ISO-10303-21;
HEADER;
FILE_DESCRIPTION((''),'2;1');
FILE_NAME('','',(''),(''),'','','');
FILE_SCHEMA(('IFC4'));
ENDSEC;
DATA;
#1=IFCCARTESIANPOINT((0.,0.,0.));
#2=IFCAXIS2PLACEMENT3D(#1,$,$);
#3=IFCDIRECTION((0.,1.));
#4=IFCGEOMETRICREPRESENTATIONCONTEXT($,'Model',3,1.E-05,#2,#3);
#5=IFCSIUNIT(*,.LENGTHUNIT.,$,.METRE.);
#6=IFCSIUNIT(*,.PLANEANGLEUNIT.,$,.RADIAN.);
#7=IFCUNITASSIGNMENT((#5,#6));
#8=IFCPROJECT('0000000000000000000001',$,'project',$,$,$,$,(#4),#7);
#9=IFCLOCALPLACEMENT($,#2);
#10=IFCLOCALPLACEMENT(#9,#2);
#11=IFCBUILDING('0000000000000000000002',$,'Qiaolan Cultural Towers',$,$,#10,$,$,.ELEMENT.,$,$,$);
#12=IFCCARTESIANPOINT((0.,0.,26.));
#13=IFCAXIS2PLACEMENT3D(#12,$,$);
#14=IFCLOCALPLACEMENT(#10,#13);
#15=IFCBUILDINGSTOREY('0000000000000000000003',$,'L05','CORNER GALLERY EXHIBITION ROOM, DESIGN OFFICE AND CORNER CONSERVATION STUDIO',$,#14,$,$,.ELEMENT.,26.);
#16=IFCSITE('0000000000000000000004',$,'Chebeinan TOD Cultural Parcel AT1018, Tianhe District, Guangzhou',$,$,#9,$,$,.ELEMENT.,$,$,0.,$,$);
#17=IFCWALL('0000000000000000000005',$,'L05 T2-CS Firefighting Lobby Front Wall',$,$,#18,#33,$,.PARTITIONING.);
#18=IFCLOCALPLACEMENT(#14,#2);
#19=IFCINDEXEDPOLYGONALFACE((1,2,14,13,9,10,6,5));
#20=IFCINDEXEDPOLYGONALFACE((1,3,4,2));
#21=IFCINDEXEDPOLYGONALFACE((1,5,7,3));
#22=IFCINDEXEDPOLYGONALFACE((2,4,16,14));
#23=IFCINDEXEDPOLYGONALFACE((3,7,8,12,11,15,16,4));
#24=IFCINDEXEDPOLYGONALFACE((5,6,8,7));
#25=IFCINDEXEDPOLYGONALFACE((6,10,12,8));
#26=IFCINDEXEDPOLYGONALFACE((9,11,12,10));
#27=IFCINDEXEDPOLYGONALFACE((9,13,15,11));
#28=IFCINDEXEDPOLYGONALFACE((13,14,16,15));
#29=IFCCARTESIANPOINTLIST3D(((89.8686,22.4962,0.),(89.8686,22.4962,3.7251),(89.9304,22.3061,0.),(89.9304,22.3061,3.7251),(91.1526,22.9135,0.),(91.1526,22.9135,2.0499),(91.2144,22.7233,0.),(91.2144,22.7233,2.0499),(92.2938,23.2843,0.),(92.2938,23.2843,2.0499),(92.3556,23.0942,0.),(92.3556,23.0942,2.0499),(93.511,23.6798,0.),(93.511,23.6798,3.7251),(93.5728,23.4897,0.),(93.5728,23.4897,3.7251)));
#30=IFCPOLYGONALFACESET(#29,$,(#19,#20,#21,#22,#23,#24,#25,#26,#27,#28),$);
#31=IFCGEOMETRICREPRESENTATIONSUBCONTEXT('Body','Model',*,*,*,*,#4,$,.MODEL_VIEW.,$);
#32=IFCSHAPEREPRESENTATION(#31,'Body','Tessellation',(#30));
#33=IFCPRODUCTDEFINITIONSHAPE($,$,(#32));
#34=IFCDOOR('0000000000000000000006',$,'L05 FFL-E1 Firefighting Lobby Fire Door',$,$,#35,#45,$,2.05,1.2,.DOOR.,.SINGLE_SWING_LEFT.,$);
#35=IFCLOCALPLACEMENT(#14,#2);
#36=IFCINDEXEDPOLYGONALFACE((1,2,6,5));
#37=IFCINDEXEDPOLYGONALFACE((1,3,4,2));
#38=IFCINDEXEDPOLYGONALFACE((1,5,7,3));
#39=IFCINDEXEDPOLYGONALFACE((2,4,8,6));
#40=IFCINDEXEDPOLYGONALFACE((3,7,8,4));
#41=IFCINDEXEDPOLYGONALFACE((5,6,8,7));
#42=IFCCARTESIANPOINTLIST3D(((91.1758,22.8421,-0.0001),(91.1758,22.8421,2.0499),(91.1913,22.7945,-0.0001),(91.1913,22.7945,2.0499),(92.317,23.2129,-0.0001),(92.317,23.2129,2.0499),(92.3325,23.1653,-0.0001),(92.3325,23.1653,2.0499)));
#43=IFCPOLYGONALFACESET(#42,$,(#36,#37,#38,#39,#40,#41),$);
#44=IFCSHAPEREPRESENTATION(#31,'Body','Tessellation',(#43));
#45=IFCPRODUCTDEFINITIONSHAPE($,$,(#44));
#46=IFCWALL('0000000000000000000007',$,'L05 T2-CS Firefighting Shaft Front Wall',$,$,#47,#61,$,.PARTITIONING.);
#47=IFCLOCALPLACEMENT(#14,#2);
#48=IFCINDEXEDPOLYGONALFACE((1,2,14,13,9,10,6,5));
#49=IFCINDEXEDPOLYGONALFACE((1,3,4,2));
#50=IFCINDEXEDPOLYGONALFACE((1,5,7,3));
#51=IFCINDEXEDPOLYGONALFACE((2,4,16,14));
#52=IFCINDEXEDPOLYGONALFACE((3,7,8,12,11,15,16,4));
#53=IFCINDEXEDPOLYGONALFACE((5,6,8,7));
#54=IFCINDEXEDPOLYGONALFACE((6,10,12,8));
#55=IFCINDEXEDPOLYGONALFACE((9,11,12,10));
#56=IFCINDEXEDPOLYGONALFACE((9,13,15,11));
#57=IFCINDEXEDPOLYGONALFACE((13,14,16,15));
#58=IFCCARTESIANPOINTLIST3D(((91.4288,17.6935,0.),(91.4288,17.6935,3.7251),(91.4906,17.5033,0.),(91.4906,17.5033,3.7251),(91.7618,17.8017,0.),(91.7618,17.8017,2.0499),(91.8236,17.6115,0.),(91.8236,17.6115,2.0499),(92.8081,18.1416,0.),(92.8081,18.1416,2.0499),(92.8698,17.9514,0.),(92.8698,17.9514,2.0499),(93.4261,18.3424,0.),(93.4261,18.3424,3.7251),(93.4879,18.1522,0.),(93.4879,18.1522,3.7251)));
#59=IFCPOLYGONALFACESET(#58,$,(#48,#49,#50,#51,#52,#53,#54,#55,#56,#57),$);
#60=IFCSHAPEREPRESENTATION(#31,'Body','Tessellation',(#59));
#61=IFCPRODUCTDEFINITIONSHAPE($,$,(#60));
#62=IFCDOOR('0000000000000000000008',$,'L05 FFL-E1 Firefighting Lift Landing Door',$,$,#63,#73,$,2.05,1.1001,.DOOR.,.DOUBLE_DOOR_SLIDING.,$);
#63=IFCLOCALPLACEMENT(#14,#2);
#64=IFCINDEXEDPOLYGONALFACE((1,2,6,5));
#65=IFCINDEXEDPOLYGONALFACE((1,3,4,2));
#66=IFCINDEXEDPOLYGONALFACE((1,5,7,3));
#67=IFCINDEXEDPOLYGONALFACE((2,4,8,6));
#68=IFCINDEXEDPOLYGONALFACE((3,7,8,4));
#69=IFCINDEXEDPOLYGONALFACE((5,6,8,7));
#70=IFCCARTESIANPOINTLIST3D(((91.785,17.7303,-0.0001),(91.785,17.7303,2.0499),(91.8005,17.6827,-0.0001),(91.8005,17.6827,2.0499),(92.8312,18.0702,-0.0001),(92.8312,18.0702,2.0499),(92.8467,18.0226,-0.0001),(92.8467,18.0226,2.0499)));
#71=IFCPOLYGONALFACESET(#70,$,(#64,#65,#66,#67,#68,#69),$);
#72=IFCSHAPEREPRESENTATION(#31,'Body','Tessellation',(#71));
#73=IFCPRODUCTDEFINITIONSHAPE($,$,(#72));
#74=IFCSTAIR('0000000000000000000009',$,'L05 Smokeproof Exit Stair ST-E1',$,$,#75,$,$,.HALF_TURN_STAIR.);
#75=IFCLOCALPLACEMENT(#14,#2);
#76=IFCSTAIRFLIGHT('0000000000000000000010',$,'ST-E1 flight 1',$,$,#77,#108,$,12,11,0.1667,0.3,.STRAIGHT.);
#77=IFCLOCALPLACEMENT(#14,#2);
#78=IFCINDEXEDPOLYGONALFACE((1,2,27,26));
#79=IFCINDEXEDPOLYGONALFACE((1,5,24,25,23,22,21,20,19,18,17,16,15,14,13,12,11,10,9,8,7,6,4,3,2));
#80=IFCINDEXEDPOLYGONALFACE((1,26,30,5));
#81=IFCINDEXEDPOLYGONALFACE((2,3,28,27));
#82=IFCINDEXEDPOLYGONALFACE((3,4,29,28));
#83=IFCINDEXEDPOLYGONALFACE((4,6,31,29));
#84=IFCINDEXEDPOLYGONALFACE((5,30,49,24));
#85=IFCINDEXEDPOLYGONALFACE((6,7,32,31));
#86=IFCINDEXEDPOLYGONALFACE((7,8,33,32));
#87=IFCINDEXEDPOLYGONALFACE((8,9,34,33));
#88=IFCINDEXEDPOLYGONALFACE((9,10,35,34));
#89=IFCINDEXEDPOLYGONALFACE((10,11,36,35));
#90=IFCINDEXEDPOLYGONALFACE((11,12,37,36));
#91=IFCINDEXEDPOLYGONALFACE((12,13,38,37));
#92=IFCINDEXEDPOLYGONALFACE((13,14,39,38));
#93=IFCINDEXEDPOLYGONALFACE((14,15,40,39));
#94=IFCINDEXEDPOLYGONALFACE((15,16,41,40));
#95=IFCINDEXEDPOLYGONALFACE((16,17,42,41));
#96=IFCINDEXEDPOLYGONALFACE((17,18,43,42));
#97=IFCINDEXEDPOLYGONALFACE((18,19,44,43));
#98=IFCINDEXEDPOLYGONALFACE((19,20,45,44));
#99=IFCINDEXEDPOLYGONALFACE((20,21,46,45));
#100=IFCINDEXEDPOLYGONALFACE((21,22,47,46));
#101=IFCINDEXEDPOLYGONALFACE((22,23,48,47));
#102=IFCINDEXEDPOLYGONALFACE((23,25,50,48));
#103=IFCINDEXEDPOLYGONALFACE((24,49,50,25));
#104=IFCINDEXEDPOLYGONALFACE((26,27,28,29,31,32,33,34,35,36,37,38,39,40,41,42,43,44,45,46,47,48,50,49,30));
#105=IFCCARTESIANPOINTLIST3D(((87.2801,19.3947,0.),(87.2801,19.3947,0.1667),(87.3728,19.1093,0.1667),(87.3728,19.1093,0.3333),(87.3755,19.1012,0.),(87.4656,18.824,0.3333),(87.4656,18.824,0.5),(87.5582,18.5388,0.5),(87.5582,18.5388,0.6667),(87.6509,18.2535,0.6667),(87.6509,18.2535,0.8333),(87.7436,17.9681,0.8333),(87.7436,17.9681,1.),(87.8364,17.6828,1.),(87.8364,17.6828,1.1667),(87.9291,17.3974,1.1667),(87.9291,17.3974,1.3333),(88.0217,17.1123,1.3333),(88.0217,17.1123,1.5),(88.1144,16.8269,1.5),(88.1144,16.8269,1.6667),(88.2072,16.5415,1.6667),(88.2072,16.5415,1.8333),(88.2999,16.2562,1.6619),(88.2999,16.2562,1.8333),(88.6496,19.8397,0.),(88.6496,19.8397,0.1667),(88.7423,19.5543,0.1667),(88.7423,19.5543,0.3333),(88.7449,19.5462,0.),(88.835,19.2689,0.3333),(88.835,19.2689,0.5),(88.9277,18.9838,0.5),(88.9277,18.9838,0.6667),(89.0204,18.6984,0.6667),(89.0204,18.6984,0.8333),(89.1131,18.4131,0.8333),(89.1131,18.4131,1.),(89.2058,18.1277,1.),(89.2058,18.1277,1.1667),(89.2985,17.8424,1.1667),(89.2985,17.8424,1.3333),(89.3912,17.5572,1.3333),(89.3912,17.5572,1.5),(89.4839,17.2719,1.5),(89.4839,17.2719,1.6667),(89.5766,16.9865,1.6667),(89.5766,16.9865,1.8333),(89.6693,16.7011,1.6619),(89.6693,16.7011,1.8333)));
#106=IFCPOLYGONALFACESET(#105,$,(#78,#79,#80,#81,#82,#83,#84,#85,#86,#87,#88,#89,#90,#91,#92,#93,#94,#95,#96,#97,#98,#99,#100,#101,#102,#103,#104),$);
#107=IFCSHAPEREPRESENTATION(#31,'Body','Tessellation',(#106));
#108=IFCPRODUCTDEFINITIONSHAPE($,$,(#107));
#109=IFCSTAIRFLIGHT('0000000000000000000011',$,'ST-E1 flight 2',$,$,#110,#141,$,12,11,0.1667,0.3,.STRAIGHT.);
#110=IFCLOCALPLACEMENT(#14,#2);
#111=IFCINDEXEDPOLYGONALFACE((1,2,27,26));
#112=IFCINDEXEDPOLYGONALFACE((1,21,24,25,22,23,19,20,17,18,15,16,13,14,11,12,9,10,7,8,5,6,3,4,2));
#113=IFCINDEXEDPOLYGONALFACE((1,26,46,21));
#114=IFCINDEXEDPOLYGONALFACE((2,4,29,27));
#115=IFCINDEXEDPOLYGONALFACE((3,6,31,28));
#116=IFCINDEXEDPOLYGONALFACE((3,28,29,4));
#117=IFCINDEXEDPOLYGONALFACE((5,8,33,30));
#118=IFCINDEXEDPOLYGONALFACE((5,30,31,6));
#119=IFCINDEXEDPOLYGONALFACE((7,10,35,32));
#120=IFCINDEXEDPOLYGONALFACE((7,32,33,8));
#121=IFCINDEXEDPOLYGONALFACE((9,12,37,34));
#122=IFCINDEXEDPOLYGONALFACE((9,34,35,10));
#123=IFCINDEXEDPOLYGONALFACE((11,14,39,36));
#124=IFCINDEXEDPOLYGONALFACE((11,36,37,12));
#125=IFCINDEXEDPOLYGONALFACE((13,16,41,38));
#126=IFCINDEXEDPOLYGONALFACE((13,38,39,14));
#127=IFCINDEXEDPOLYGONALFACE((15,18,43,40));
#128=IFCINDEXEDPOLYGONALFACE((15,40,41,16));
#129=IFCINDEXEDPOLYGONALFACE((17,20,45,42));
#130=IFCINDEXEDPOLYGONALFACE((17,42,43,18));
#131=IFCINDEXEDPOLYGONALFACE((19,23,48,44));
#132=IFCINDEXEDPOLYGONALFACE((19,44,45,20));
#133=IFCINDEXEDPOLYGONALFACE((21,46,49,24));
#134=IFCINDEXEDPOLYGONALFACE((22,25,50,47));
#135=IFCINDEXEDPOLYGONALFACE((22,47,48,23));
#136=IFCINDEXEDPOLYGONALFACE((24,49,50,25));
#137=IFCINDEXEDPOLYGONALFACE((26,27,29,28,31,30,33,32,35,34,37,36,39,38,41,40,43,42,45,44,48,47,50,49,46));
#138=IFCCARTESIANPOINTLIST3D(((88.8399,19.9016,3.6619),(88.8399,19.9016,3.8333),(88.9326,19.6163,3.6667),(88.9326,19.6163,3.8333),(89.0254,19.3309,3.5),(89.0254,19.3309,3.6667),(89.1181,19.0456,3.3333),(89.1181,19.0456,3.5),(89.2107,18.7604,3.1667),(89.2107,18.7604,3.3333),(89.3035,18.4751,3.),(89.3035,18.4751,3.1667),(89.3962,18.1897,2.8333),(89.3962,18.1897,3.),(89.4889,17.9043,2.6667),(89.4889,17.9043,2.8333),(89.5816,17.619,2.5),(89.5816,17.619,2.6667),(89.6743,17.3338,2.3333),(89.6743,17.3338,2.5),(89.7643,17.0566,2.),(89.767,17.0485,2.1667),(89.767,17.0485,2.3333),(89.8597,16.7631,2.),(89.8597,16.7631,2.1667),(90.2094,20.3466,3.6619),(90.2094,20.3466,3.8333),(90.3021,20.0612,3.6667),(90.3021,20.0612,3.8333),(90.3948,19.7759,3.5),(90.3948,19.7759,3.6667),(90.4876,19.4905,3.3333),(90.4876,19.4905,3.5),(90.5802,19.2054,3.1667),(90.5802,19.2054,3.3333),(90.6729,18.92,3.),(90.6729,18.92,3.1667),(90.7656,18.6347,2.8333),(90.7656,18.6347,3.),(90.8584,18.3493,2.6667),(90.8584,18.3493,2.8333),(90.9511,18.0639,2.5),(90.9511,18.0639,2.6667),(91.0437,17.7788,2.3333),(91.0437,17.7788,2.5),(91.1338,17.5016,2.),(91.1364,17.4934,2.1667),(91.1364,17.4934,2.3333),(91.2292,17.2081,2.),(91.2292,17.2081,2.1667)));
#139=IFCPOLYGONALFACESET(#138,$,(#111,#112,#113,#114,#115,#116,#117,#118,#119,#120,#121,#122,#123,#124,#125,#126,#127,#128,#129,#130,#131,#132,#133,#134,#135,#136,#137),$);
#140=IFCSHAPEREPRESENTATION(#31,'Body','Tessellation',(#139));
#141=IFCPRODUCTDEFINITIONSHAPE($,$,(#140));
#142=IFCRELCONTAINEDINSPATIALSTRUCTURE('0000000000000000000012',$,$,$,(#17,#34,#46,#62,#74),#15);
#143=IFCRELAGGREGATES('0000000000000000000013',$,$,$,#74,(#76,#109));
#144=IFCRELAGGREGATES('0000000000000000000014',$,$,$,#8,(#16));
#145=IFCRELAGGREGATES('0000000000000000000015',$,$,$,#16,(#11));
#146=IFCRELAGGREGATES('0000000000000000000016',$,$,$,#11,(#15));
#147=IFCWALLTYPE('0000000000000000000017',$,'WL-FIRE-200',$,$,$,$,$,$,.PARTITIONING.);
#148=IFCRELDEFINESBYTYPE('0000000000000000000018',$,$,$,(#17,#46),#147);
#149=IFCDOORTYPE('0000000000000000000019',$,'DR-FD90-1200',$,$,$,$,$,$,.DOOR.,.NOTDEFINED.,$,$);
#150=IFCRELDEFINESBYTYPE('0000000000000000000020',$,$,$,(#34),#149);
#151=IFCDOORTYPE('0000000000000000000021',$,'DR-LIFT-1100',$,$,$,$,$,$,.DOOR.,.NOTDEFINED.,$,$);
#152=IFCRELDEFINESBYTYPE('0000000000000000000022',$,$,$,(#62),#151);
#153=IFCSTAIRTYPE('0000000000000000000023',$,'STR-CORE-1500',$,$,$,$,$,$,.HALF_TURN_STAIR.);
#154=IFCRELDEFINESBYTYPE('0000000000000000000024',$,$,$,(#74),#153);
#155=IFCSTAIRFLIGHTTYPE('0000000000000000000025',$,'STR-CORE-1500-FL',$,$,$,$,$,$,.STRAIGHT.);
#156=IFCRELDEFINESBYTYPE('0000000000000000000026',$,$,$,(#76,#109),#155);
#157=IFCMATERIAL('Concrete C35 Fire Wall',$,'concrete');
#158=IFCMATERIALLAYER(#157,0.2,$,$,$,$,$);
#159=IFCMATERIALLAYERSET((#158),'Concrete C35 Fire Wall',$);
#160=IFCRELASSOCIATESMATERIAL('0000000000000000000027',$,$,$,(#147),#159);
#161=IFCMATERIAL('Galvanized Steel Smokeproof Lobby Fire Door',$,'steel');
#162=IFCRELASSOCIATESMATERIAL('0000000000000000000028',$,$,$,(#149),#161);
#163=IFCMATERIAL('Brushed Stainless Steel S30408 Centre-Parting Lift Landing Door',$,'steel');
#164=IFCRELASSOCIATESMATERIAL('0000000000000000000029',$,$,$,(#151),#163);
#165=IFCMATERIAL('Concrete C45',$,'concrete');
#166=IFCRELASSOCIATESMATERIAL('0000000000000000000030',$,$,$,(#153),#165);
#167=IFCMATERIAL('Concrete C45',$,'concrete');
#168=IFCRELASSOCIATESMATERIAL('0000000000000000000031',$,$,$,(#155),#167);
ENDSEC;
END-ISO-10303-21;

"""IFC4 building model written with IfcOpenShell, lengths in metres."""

from ifc_helpers import new_model, si_unit, direction, frame, frame_2d, origin, place, context, subcontext, project, spatial, polyline, rectangle, outline, extrude, material, layer, layer_set, type_object, element, fill, aggregate, save


model = new_model("IFC4")

# Units and contexts
model_context = context("Model", 3, precision=1e-05, world=origin(), true_north=direction((0.0, 1.0)))
body_context = subcontext(model_context, "Body", "Model", "MODEL_VIEW")
ifc_project = project(units=[si_unit("LENGTHUNIT", "METRE"), si_unit("PLANEANGLEUNIT", "RADIAN")], contexts=[model_context])

# Site, building, storey
site_placement = place(None, origin())
site = spatial("IfcSite", under=ifc_project, at=site_placement, Name="Chebeinan TOD Cultural Parcel AT1018, Tianhe District, Guangzhou", CompositionType="ELEMENT", RefElevation=0.0)
building_placement = place(site_placement, origin())
building = spatial("IfcBuilding", under=site, at=building_placement, Name="Qiaolan Cultural Towers", CompositionType="ELEMENT")
storey_placement = place(building_placement, frame((0.0, 0.0, 26.0)))
storey = spatial("IfcBuildingStorey", under=building, at=storey_placement, Name="L05", Description="CORNER GALLERY EXHIBITION ROOM, DESIGN OFFICE AND CORNER CONSERVATION STUDIO", CompositionType="ELEMENT", Elevation=26.0)

# Walls, openings, doors
ifc_material_1 = material(Name="Concrete C35 Fire Wall", Category="concrete")
ifc_layer_1 = layer(ifc_material_1, 0.2)
ifc_layer_set_1 = layer_set([ifc_layer_1], Name="Concrete C35 Fire Wall")
wall_type_1 = type_object("IfcWallType", Name="WL-FIRE-200", PredefinedType="PARTITIONING", material=ifc_layer_set_1)
wall_1_placement = place(storey_placement, frame((89.8994, 22.4011, 0.0), z_axis=(0.0, 0.0, 1.0), x_axis=(0.951047, 0.309047, 0.0)))
wall_1 = element("IfcWall", 1, at=wall_1_placement, inside=storey, type_object=wall_type_1, Name="L05 T2-CS Firefighting Lobby Front Wall", PredefinedType="PARTITIONING", context=body_context, shape_type="SweptSolid", body=[
    extrude(rectangle(XDim=3.8298, YDim=0.2, at=frame_2d((1.915, 0.0))), origin(), (0.0, 0.0, 1.0), 3.7251),
])
opening_1_placement = place(wall_1_placement, frame((1.3501, 0.0, 0.0)))
opening_1 = element("IfcOpeningElement", 2, at=opening_1_placement, cuts=wall_1, PredefinedType="OPENING", context=body_context, shape_type="SweptSolid", body=[
    extrude(rectangle(XDim=1.2, YDim=2.05, at=frame_2d((0.6001, 1.0249))), frame((0.0, 0.1099, 0.0), z_axis=(0.0, -1.0, 0.0), x_axis=(1.0, 0.0, 0.0)), (0.0, 0.0, 1.0), 0.22),
])
ifc_material_2 = material(Name="Galvanized Steel Smokeproof Lobby Fire Door", Category="steel")
door_type_1 = type_object("IfcDoorType", Name="DR-FD90-1200", OperationType="NOTDEFINED", PredefinedType="DOOR", material=ifc_material_2)
door_1_placement = place(opening_1_placement, origin())
door_1 = element("IfcDoor", 3, at=door_1_placement, inside=storey, type_object=door_type_1, Name="L05 FFL-E1 Firefighting Lobby Fire Door", OperationType="SINGLE_SWING_LEFT", OverallHeight=2.05, OverallWidth=1.2, PredefinedType="DOOR", context=body_context, shape_type="SweptSolid", body=[
    extrude(rectangle(XDim=1.2, YDim=2.05, at=frame_2d((0.6001, 1.0249))), frame((0.0, 0.0249, 0.0), z_axis=(0.0, -1.0, 0.0), x_axis=(1.0, 0.0, 0.0)), (0.0, 0.0, 1.0), 0.05),
])
fill(opening_1, door_1)
wall_2_placement = place(storey_placement, frame((91.4597, 17.5984, 0.0), z_axis=(0.0, 0.0, 1.0), x_axis=(0.951062, 0.308999, 0.0)))
wall_2 = element("IfcWall", 4, at=wall_2_placement, inside=storey, type_object=wall_type_1, Name="L05 T2-CS Firefighting Shaft Front Wall", PredefinedType="PARTITIONING", context=body_context, shape_type="SweptSolid", body=[
    extrude(rectangle(XDim=2.1001, YDim=0.2, at=frame_2d((1.05, 0.0))), origin(), (0.0, 0.0, 1.0), 3.7251),
])
opening_2_placement = place(wall_2_placement, frame((0.3501, 0.0, 0.0)))
opening_2 = element("IfcOpeningElement", 5, at=opening_2_placement, cuts=wall_2, PredefinedType="OPENING", context=body_context, shape_type="SweptSolid", body=[
    extrude(rectangle(XDim=1.1001, YDim=2.05, at=frame_2d((0.55, 1.0249))), frame((0.0, 0.1099, 0.0), z_axis=(0.0, -1.0, 0.0), x_axis=(1.0, 0.0, 0.0)), (0.0, 0.0, 1.0), 0.22),
])
ifc_material_3 = material(Name="Brushed Stainless Steel S30408 Centre-Parting Lift Landing Door", Category="steel")
door_type_2 = type_object("IfcDoorType", Name="DR-LIFT-1100", OperationType="NOTDEFINED", PredefinedType="DOOR", material=ifc_material_3)
door_2_placement = place(opening_2_placement, origin())
door_2 = element("IfcDoor", 6, at=door_2_placement, inside=storey, type_object=door_type_2, Name="L05 FFL-E1 Firefighting Lift Landing Door", OperationType="DOUBLE_DOOR_SLIDING", OverallHeight=2.05, OverallWidth=1.1001, PredefinedType="DOOR", context=body_context, shape_type="SweptSolid", body=[
    extrude(rectangle(XDim=1.1001, YDim=2.05, at=frame_2d((0.55, 1.0249))), frame((0.0, 0.0249, 0.0), z_axis=(0.0, -1.0, 0.0), x_axis=(1.0, 0.0, 0.0)), (0.0, 0.0, 1.0), 0.05),
])
fill(opening_2, door_2)

# Stair, stair flights
ifc_material_4 = material(Name="Concrete C45", Category="concrete")
stair_type = type_object("IfcStairType", Name="STR-CORE-1500", PredefinedType="HALF_TURN_STAIR", material=ifc_material_4)
stair_placement = place(storey_placement, origin())
stair = element("IfcStair", 7, at=stair_placement, inside=storey, type_object=stair_type, Name="L05 Smokeproof Exit Stair ST-E1", PredefinedType="HALF_TURN_STAIR")
ifc_material_5 = material(Name="Concrete C45", Category="concrete")
stair_flight_type = type_object("IfcStairFlightType", Name="STR-CORE-1500-FL", PredefinedType="STRAIGHT", material=ifc_material_5)
stair_flight_1_placement = place(storey_placement, frame((87.9648, 19.6172, 0.0), z_axis=(0.0, 0.0, 1.0), x_axis=(0.309017, -0.951057, 0.0)))
stair_flight_1 = element("IfcStairFlight", 8, at=stair_flight_1_placement, type_object=stair_flight_type, Name="ST-E1 flight 1", NumberOfRisers=12, NumberOfTreads=11, PredefinedType="STRAIGHT", RiserHeight=0.1667, TreadLength=0.3, context=body_context, shape_type="SweptSolid", body=[
    extrude(outline(polyline([(0.0, 0.0), (0.0, 0.1667), (0.3, 0.1667), (0.3, 0.3333), (0.6001, 0.3333), (0.6001, 0.5), (0.8999, 0.5), (0.8999, 0.6667), (1.2, 0.6667), (1.2, 0.8333), (1.5, 0.8333), (1.5, 1.0), (1.8, 1.0), (1.8, 1.1667), (2.1001, 1.1667), (2.1001, 1.3333), (2.3999, 1.3333), (2.3999, 1.5), (2.7, 1.5), (2.7, 1.6667), (3.0, 1.6667), (3.0, 1.8333), (3.3, 1.8333), (3.3, 2.0), (3.3, 1.6619), (0.3086, 0.0), (0.0, 0.0)])), frame((0.0, 0.72, 0.0), z_axis=(0.0, -1.0, 0.0), x_axis=(1.0, 0.0, 0.0)), (0.0, 0.0, 1.0), 1.4399),
])
stair_flight_2_placement = place(storey_placement, frame((90.5444, 16.9856, 2.0), z_axis=(0.0, 0.0, 1.0), x_axis=(-0.309017, 0.951057, 0.0)))
stair_flight_2 = element("IfcStairFlight", 9, at=stair_flight_2_placement, type_object=stair_flight_type, Name="ST-E1 flight 2", NumberOfRisers=12, NumberOfTreads=11, PredefinedType="STRAIGHT", RiserHeight=0.1667, TreadLength=0.3, context=body_context, shape_type="SweptSolid", body=[
    extrude(outline(polyline([(0.0, 0.0), (0.0, 0.1667), (0.3, 0.1667), (0.3, 0.3333), (0.6001, 0.3333), (0.6001, 0.5), (0.8999, 0.5), (0.8999, 0.6667), (1.2, 0.6667), (1.2, 0.8333), (1.5, 0.8333), (1.5, 1.0), (1.8, 1.0), (1.8, 1.1667), (2.1001, 1.1667), (2.1001, 1.3333), (2.3999, 1.3333), (2.3999, 1.5), (2.7, 1.5), (2.7, 1.6667), (3.0, 1.6667), (3.0, 1.8333), (3.3, 1.8333), (3.3, 2.0), (3.3, 1.6619), (0.3086, 0.0), (0.0, 0.0)])), frame((0.0, 0.72, 0.0), z_axis=(0.0, -1.0, 0.0), x_axis=(1.0, 0.0, 0.0)), (0.0, 0.0, 1.0), 1.4399),
])
aggregate(stair, [stair_flight_1, stair_flight_2])

save(model, "model.ifc")
